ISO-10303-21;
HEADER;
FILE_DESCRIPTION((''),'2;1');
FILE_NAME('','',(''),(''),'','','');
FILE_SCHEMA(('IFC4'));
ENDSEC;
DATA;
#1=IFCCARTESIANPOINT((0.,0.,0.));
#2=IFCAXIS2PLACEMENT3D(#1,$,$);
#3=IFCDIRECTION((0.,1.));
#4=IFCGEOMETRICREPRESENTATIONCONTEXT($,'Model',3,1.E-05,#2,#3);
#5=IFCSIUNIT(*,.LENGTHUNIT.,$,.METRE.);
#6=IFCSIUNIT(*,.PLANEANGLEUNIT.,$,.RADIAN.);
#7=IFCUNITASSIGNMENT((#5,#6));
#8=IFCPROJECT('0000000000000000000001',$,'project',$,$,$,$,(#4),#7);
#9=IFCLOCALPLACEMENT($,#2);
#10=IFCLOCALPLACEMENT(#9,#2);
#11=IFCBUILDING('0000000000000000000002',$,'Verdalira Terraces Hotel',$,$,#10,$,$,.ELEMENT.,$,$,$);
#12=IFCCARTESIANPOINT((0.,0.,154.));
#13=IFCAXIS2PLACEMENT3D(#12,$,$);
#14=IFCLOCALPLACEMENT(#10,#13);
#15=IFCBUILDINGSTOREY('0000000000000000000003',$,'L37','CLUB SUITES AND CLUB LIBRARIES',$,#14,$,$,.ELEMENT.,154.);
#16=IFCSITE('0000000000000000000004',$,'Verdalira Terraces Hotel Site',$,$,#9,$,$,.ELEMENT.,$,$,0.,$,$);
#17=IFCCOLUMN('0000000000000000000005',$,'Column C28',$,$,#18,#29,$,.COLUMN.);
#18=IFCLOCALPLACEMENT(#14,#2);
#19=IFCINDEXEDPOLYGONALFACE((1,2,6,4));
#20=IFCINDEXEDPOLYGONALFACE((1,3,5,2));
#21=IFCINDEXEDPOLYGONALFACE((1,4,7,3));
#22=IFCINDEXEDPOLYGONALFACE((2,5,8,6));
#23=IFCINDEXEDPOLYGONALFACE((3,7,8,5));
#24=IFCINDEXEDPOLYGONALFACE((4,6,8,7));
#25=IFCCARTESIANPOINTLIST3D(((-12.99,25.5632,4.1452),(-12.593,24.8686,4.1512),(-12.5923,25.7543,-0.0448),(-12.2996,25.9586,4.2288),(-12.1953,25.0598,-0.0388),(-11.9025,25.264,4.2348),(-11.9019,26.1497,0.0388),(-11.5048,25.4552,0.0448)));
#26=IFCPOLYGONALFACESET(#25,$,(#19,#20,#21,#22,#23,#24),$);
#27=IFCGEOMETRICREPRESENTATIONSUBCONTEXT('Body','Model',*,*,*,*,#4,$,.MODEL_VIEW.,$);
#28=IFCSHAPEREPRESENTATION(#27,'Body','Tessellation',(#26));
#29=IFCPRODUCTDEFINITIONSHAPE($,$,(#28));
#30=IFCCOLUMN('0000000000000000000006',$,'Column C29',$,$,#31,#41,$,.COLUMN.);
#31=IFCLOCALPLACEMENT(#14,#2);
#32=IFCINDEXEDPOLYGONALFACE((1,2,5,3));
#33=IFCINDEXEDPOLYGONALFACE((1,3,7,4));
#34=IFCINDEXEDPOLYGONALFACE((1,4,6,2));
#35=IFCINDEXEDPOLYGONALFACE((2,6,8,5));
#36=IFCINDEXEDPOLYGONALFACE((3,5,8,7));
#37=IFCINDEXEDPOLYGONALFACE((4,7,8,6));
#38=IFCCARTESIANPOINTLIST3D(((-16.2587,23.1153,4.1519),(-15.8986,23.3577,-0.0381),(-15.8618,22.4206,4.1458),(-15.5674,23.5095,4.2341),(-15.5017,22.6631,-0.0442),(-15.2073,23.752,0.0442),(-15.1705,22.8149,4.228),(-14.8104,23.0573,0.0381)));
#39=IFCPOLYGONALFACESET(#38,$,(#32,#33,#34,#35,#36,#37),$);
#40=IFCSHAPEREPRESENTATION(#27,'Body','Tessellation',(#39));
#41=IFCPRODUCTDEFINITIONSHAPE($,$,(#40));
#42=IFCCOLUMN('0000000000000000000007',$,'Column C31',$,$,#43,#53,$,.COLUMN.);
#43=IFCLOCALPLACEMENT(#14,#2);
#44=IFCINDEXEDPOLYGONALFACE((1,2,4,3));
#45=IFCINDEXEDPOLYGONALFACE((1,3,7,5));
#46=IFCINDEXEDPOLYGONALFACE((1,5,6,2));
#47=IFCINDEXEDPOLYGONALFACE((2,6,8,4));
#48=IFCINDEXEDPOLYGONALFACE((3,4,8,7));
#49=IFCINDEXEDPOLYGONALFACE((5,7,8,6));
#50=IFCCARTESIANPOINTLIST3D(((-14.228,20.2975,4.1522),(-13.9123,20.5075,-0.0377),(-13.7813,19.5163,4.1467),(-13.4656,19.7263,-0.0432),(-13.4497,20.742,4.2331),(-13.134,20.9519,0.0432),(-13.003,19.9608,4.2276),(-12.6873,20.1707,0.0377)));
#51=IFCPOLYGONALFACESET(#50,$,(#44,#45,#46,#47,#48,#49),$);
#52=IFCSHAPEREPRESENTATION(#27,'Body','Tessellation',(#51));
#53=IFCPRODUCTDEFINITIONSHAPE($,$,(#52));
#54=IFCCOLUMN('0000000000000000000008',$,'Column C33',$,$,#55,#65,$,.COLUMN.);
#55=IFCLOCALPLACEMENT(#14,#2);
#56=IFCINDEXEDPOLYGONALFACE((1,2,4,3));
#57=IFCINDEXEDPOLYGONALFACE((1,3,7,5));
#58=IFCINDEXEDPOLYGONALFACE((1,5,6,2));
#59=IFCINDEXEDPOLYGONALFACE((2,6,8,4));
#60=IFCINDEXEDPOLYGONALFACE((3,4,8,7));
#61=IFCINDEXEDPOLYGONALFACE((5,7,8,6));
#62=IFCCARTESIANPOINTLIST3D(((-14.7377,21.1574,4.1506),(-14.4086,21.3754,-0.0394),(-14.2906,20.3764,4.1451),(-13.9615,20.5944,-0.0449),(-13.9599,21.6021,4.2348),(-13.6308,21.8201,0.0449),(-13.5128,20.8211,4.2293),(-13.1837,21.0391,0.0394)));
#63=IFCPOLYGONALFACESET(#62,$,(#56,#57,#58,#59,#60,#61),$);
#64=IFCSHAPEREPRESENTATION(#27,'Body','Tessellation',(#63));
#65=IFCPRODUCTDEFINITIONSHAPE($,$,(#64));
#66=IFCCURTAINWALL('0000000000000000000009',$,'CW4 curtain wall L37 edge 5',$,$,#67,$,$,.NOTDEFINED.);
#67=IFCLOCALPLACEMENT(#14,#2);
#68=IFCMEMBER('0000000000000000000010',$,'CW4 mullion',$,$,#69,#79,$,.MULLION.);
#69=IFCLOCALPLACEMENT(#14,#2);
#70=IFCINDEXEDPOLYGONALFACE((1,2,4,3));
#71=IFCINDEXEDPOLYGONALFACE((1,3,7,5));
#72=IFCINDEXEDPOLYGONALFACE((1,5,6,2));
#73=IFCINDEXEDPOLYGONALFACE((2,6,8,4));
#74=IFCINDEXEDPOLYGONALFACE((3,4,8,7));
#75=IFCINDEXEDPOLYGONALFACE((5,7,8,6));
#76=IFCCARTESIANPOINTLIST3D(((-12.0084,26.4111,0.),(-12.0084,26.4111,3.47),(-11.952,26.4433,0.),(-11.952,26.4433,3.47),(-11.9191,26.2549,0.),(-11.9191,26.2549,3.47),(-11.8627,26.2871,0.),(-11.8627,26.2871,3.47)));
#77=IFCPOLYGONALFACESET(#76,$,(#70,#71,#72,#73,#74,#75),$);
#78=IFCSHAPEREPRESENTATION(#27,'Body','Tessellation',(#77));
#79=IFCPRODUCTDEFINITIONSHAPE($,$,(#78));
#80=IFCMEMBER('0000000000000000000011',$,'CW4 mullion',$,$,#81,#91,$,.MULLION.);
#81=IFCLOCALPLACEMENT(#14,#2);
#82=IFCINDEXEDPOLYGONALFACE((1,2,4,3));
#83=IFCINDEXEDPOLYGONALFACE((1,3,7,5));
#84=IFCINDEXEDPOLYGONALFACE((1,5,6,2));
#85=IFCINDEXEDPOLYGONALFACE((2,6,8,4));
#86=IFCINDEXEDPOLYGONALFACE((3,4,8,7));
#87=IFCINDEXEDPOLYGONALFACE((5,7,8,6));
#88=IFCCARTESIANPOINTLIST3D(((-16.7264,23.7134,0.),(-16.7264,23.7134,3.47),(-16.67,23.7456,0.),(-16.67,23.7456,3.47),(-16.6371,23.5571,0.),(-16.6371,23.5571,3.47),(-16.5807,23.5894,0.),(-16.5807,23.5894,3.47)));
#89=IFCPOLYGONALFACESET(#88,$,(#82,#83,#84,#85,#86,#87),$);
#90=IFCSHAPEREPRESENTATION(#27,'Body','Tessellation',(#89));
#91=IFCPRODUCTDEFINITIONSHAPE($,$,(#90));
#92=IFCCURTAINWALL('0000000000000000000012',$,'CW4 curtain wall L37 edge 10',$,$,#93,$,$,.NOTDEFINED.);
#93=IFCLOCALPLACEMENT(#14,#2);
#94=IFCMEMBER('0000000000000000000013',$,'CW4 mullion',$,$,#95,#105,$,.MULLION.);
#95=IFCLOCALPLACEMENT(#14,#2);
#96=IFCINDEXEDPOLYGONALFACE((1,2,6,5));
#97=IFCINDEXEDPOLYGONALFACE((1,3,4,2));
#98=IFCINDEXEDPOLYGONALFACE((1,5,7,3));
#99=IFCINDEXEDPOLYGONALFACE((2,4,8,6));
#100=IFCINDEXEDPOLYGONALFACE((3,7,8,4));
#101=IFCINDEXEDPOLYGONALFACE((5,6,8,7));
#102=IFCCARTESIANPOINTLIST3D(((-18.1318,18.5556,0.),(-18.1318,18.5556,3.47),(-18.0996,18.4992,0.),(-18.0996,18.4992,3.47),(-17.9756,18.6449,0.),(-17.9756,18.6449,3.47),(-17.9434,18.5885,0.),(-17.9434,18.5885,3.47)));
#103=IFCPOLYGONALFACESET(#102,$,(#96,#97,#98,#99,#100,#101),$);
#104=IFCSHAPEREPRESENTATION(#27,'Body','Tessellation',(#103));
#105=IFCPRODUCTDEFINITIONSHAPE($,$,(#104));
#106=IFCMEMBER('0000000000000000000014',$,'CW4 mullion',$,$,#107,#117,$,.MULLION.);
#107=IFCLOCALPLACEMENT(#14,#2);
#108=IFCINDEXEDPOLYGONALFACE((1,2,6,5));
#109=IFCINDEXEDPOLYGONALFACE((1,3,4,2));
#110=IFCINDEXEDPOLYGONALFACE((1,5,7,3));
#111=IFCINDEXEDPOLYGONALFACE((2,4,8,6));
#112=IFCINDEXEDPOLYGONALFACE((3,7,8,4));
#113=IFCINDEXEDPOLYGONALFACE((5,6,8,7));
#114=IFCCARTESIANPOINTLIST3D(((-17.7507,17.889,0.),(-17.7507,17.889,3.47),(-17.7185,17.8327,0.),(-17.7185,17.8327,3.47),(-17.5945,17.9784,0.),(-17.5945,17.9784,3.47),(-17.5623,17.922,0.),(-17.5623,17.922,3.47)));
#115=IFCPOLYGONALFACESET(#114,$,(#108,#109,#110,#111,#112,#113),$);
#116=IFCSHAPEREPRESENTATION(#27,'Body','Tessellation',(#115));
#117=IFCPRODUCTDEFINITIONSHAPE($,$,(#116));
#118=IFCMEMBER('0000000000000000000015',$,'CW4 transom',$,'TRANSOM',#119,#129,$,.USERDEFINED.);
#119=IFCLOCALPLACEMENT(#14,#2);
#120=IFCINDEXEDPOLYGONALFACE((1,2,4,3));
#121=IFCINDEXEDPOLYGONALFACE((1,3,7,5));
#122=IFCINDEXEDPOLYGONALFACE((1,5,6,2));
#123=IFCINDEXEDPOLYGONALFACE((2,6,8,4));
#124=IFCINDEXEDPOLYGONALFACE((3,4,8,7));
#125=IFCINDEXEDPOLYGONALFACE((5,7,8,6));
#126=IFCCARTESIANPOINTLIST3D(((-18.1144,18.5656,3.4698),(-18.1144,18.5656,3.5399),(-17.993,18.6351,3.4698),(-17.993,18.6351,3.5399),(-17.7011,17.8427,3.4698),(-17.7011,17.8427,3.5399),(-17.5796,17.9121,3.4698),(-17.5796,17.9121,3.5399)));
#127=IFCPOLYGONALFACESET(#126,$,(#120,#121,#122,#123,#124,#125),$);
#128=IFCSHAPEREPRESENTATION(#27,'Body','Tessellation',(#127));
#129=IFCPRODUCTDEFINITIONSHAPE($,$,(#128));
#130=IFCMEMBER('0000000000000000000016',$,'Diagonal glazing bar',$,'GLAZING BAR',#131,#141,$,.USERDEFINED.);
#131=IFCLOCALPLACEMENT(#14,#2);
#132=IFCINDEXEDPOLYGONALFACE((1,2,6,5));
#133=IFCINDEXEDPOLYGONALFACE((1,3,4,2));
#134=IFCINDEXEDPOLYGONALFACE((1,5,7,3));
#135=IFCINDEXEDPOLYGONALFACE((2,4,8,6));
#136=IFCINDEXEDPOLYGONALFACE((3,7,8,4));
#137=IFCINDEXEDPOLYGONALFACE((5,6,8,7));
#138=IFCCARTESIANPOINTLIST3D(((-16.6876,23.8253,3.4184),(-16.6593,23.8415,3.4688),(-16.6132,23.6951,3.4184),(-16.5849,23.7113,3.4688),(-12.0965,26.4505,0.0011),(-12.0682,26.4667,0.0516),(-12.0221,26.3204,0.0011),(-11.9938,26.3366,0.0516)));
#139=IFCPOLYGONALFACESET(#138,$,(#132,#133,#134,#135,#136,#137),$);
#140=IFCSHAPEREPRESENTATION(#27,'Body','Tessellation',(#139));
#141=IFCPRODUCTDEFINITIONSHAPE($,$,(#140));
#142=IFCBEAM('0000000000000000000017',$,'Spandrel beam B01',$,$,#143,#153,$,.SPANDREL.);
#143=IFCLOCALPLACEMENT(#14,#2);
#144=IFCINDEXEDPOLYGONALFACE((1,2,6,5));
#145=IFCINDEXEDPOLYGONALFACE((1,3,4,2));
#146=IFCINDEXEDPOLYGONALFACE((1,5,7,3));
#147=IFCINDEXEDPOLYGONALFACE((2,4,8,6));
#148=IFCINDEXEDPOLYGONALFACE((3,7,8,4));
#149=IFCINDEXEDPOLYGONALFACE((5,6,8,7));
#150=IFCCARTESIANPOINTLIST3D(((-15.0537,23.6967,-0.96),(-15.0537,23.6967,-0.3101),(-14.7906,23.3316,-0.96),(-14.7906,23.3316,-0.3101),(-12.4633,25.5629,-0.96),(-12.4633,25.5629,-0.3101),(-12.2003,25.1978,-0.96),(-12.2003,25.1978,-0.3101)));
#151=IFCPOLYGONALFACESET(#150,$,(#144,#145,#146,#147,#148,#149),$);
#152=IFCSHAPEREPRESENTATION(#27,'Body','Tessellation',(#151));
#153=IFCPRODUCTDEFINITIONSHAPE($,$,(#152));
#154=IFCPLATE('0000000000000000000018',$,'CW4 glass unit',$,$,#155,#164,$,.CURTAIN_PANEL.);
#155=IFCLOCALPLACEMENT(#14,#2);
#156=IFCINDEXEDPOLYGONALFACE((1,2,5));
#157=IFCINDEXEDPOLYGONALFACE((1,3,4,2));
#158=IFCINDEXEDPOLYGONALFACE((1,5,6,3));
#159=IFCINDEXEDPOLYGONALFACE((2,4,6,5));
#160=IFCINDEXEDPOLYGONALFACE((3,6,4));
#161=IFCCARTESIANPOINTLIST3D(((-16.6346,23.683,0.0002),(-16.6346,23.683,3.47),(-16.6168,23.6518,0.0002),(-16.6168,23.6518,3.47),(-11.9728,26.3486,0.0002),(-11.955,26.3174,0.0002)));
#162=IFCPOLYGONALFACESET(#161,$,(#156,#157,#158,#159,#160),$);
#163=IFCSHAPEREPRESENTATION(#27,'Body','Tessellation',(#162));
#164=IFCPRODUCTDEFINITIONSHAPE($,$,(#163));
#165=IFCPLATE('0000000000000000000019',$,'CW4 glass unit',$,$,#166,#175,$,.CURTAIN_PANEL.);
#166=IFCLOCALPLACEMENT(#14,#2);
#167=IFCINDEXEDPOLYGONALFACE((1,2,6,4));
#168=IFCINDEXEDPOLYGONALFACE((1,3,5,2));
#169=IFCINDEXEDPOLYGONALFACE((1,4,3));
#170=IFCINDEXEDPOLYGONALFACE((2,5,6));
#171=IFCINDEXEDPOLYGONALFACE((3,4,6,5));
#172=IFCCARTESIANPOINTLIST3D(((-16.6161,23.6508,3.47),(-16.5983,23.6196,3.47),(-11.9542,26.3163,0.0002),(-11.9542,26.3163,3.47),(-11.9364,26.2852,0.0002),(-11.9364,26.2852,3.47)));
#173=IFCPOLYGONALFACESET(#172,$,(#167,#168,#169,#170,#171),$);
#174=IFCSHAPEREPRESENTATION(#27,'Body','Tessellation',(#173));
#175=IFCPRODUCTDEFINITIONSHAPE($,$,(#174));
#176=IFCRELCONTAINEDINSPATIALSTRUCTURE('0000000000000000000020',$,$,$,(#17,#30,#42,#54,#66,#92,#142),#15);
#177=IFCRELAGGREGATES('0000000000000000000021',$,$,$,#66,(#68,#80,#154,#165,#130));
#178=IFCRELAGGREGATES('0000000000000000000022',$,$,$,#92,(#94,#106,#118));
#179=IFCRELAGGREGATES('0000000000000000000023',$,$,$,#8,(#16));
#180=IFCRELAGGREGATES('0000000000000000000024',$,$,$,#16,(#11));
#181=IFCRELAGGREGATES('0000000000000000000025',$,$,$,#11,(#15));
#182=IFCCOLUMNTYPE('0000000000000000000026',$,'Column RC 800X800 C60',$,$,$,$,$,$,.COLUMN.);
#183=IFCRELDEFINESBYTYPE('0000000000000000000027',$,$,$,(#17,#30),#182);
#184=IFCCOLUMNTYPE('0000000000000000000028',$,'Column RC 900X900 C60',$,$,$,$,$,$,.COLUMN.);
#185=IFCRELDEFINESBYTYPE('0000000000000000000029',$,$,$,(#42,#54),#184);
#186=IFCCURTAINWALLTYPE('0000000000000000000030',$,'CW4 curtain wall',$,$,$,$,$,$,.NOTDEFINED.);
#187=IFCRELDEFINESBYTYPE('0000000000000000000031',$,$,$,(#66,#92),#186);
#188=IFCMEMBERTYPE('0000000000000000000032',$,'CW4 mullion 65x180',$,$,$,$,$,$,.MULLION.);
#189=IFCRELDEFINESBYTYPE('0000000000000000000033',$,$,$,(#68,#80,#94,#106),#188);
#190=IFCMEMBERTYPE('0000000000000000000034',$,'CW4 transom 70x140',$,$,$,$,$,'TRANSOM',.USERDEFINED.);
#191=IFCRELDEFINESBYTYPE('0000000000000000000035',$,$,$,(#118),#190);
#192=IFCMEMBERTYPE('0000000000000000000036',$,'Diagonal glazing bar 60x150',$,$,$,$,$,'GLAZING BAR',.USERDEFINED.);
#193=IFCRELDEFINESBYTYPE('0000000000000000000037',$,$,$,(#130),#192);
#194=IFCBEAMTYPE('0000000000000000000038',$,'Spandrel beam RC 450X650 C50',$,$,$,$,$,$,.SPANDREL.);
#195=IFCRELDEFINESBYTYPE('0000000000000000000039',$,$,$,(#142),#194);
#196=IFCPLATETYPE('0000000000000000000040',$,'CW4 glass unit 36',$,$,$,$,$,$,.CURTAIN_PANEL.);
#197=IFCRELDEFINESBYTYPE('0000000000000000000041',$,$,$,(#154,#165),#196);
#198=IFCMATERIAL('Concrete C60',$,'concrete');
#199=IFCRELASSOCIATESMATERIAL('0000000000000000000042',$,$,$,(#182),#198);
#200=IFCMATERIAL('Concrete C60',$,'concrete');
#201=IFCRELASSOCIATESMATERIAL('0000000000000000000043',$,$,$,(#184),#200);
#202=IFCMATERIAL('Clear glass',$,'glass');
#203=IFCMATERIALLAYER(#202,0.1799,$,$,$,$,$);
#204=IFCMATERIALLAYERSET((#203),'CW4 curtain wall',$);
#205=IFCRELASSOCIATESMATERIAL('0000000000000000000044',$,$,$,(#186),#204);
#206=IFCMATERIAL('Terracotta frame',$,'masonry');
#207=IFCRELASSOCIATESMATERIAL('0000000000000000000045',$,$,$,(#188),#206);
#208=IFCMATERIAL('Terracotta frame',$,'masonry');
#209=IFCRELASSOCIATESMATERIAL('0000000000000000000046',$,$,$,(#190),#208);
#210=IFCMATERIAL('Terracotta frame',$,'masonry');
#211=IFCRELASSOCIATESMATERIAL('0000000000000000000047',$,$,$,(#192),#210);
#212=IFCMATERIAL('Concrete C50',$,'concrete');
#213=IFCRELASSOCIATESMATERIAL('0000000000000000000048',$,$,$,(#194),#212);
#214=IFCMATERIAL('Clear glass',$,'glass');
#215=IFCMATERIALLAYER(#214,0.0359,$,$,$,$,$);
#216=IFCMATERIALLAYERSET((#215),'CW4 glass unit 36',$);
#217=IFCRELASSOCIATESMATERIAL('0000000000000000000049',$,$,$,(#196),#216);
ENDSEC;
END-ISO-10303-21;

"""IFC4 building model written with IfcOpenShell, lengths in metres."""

from ifc_helpers import new_model, si_unit, direction, frame, origin, origin_2d, place, context, subcontext, project, spatial, polyline, rectangle, outline, extrude, material, layer, layer_set, material_profile, profile_set, type_object, element, aggregate, save


model = new_model("IFC4")

# Units and contexts
model_context = context("Model", 3, precision=1e-05, world=origin(), true_north=direction((0.0, 1.0)))
body_context = subcontext(model_context, "Body", "Model", "MODEL_VIEW")
ifc_project = project(units=[si_unit("LENGTHUNIT", "METRE"), si_unit("PLANEANGLEUNIT", "RADIAN")], contexts=[model_context])

# Site, building, storey
site_placement = place(None, origin())
site = spatial("IfcSite", under=ifc_project, at=site_placement, Name="Verdalira Terraces Hotel Site", CompositionType="ELEMENT", RefElevation=0.0)
building_placement = place(site_placement, origin())
building = spatial("IfcBuilding", under=site, at=building_placement, Name="Verdalira Terraces Hotel", CompositionType="ELEMENT")
storey_placement = place(building_placement, frame((0.0, 0.0, 154.0)))
storey = spatial("IfcBuildingStorey", under=building, at=storey_placement, Name="L37", Description="CLUB SUITES AND CLUB LIBRARIES", CompositionType="ELEMENT", Elevation=154.0)

# Columns
ifc_material_1 = material(Name="Concrete C60", Category="concrete")
ifc_material_profile_1 = material_profile(ifc_material_1, rectangle(XDim=0.8, YDim=0.8, at=origin_2d()), Name="RC 800X800")
ifc_profile_set_1 = profile_set([ifc_material_profile_1], Name="Concrete C60")
column_type_1 = type_object("IfcColumnType", Name="Column RC 800X800 C60", PredefinedType="COLUMN", material=ifc_profile_set_1)
column_1_placement = place(storey_placement, frame((-12.0486, 25.6047, 0.0), z_axis=(-0.094397, -0.045373, 0.9945), x_axis=(-0.863039, -0.494217, -0.104467)))
element("IfcColumn", 1, at=column_1_placement, inside=storey, type_object=column_type_1, Name="Column C28", PredefinedType="COLUMN", context=body_context, shape_type="SweptSolid", body=[
    extrude(rectangle(XDim=0.8, YDim=0.8, at=origin_2d()), origin(), (0.0, 0.0, 1.0), 4.2131),
])
column_2_placement = place(storey_placement, frame((-15.3545, 23.2075, 0.0), z_axis=(-0.085488, -0.057552, 0.994676), x_axis=(-0.864076, -0.492758, -0.102775)))
element("IfcColumn", 2, at=column_2_placement, inside=storey, type_object=column_type_1, Name="Column C29", PredefinedType="COLUMN", context=body_context, shape_type="SweptSolid", body=[
    extrude(rectangle(XDim=0.8, YDim=0.8, at=origin_2d()), origin(), (0.0, 0.0, 1.0), 4.2124),
])
ifc_material_2 = material(Name="Concrete C60", Category="concrete")
ifc_material_profile_2 = material_profile(ifc_material_2, rectangle(XDim=0.8999, YDim=0.8999, at=origin_2d()), Name="RC 900X900")
ifc_profile_set_2 = profile_set([ifc_material_profile_2], Name="Concrete C60")
column_type_2 = type_object("IfcColumnType", Name="Column RC 900X900 C60", PredefinedType="COLUMN", material=ifc_profile_set_2)
column_3_placement = place(storey_placement, frame((-13.2998, 20.3391, 0.0), z_axis=(-0.075034, -0.049907, 0.995931), x_axis=(-0.496352, 0.8681, 0.006106)))
element("IfcColumn", 3, at=column_3_placement, inside=storey, type_object=column_type_2, Name="Column C31", PredefinedType="COLUMN", context=body_context, shape_type="SweptSolid", body=[
    extrude(rectangle(XDim=0.8999, YDim=0.8999, at=origin_2d()), origin(), (0.0, 0.0, 1.0), 4.207),
])
column_4_placement = place(storey_placement, frame((-13.7961, 21.2073, 0.0), z_axis=(-0.078199, -0.051804, 0.995591), x_axis=(-0.49682, 0.867832, 0.006133)))
element("IfcColumn", 4, at=column_4_placement, inside=storey, type_object=column_type_2, Name="Column C33", PredefinedType="COLUMN", context=body_context, shape_type="SweptSolid", body=[
    extrude(rectangle(XDim=0.8999, YDim=0.8999, at=origin_2d()), origin(), (0.0, 0.0, 1.0), 4.2085),
])

# Curtain walls, members
ifc_material_3 = material(Name="Clear glass", Category="glass")
ifc_layer_1 = layer(ifc_material_3, 0.1799)
ifc_layer_set_1 = layer_set([ifc_layer_1], Name="CW4 curtain wall")
curtain_wall_type = type_object("IfcCurtainWallType", Name="CW4 curtain wall", PredefinedType="NOTDEFINED", material=ifc_layer_set_1)
curtain_wall_1_placement = place(storey_placement, origin())
curtain_wall_1 = element("IfcCurtainWall", 5, at=curtain_wall_1_placement, inside=storey, type_object=curtain_wall_type, Name="CW4 curtain wall L37 edge 5", PredefinedType="NOTDEFINED")
ifc_material_4 = material(Name="Terracotta frame", Category="masonry")
ifc_material_profile_3 = material_profile(ifc_material_4, rectangle(XDim=0.0649, YDim=0.1799, at=origin_2d()), Name="MU 65x180")
ifc_profile_set_3 = profile_set([ifc_material_profile_3], Name="Terracotta frame")
member_type_1 = type_object("IfcMemberType", Name="CW4 mullion 65x180", PredefinedType="MULLION", material=ifc_profile_set_3)
member_1_placement = place(storey_placement, frame((-11.9355, 26.3491, 0.0), z_axis=(0.0, 0.0, 1.0), x_axis=(-0.868112, -0.496368, 0.0)))
member_1 = element("IfcMember", 6, at=member_1_placement, type_object=member_type_1, Name="CW4 mullion", PredefinedType="MULLION", context=body_context, shape_type="SweptSolid", body=[
    extrude(rectangle(XDim=0.0649, YDim=0.1799, at=origin_2d()), origin(), (0.0, 0.0, 1.0), 3.47),
])
member_2_placement = place(storey_placement, frame((-16.6536, 23.6514, 0.0), z_axis=(0.0, 0.0, 1.0), x_axis=(-0.868112, -0.496368, 0.0)))
member_2 = element("IfcMember", 7, at=member_2_placement, type_object=member_type_1, Name="CW4 mullion", PredefinedType="MULLION", context=body_context, shape_type="SweptSolid", body=[
    extrude(rectangle(XDim=0.0649, YDim=0.1799, at=origin_2d()), origin(), (0.0, 0.0, 1.0), 3.47),
])
curtain_wall_2_placement = place(storey_placement, origin())
curtain_wall_2 = element("IfcCurtainWall", 8, at=curtain_wall_2_placement, inside=storey, type_object=curtain_wall_type, Name="CW4 curtain wall L37 edge 10", PredefinedType="NOTDEFINED")
member_3_placement = place(storey_placement, frame((-18.0376, 18.572, 0.0), z_axis=(0.0, 0.0, 1.0), x_axis=(0.496368, -0.868112, 0.0)))
member_3 = element("IfcMember", 9, at=member_3_placement, type_object=member_type_1, Name="CW4 mullion", PredefinedType="MULLION", context=body_context, shape_type="SweptSolid", body=[
    extrude(rectangle(XDim=0.0649, YDim=0.1799, at=origin_2d()), origin(), (0.0, 0.0, 1.0), 3.47),
])
member_4_placement = place(storey_placement, frame((-17.6565, 17.9055, 0.0), z_axis=(0.0, 0.0, 1.0), x_axis=(0.496368, -0.868112, 0.0)))
member_4 = element("IfcMember", 10, at=member_4_placement, type_object=member_type_1, Name="CW4 mullion", PredefinedType="MULLION", context=body_context, shape_type="SweptSolid", body=[
    extrude(rectangle(XDim=0.0649, YDim=0.1799, at=origin_2d()), origin(), (0.0, 0.0, 1.0), 3.47),
])
ifc_material_5 = material(Name="Terracotta frame", Category="masonry")
ifc_material_profile_4 = material_profile(ifc_material_5, rectangle(XDim=0.1399, YDim=0.0701, at=origin_2d()), Name="TR 70x140")
ifc_profile_set_4 = profile_set([ifc_material_profile_4], Name="Terracotta frame")
member_type_2 = type_object("IfcMemberType", Name="CW4 transom 70x140", ElementType="TRANSOM", PredefinedType="USERDEFINED", material=ifc_profile_set_4)
member_5_placement = place(storey_placement, frame((-18.0537, 18.6003, 3.5049), z_axis=(0.49636, -0.868117, 0.0), x_axis=(0.868117, 0.49636, 0.0)))
member_5 = element("IfcMember", 11, at=member_5_placement, type_object=member_type_2, Name="CW4 transom", ObjectType="TRANSOM", PredefinedType="USERDEFINED", context=body_context, shape_type="SweptSolid", body=[
    extrude(rectangle(XDim=0.1399, YDim=0.0701, at=origin_2d()), origin(), (0.0, 0.0, 1.0), 0.8328),
])

# Member
ifc_material_6 = material(Name="Terracotta frame", Category="masonry")
ifc_material_profile_5 = material_profile(ifc_material_6, rectangle(XDim=0.1499, YDim=0.0601, at=origin_2d()), Name="GB 60x150")
ifc_profile_set_5 = profile_set([ifc_material_profile_5], Name="Terracotta frame")
member_type_3 = type_object("IfcMemberType", Name="Diagonal glazing bar 60x150", ElementType="GLAZING BAR", PredefinedType="USERDEFINED", material=ifc_profile_set_5)
member_6_placement = place(storey_placement, frame((-12.0452, 26.3936, 0.0264), z_axis=(-0.729133, -0.41693, 0.542711), x_axis=(0.496392, -0.868098, 0.0)))
member_6 = element("IfcMember", 12, at=member_6_placement, type_object=member_type_3, Name="Diagonal glazing bar", ObjectType="GLAZING BAR", PredefinedType="USERDEFINED", context=body_context, shape_type="SweptSolid", body=[
    extrude(rectangle(XDim=0.1499, YDim=0.0601, at=origin_2d()), origin(), (0.0, 0.0, 1.0), 6.2966),
])

# Beam
ifc_material_7 = material(Name="Concrete C50", Category="concrete")
ifc_material_profile_6 = material_profile(ifc_material_7, rectangle(XDim=0.45, YDim=0.6499, at=origin_2d()), Name="RC 450X650")
ifc_profile_set_6 = profile_set([ifc_material_profile_6], Name="Concrete C50")
beam_type = type_object("IfcBeamType", Name="Spandrel beam RC 450X650 C50", PredefinedType="SPANDREL", material=ifc_profile_set_6)
beam_placement = place(storey_placement, frame((-12.3318, 25.3804, -0.635), z_axis=(-0.81136, -0.584546, 0.0), x_axis=(0.584546, -0.81136, 0.0)))
element("IfcBeam", 13, at=beam_placement, inside=storey, type_object=beam_type, Name="Spandrel beam B01", PredefinedType="SPANDREL", context=body_context, shape_type="SweptSolid", body=[
    extrude(rectangle(XDim=0.45, YDim=0.6499, at=origin_2d()), origin(), (0.0, 0.0, 1.0), 3.1926),
])

# Plates
ifc_material_8 = material(Name="Clear glass", Category="glass")
ifc_layer_2 = layer(ifc_material_8, 0.0359)
ifc_layer_set_2 = layer_set([ifc_layer_2], Name="CW4 glass unit 36")
plate_type = type_object("IfcPlateType", Name="CW4 glass unit 36", PredefinedType="CURTAIN_PANEL", material=ifc_layer_set_2)
plate_1_placement = place(storey_placement, frame((-14.2859, 24.9846, 1.7351), z_axis=(-0.496368, 0.868112, 0.0), x_axis=(-0.868112, -0.496368, 0.0)))
plate_1 = element("IfcPlate", 14, at=plate_1_placement, type_object=plate_type, Name="CW4 glass unit", PredefinedType="CURTAIN_PANEL", context=body_context, shape_type="SweptSolid", body=[
    extrude(outline(polyline([(-2.6851, -1.7349), (2.6851, -1.7349), (2.6851, 1.7349), (-2.6851, -1.7349)])), origin(), (0.0, 0.0, 1.0), 0.0359),
])
plate_2_placement = place(storey_placement, frame((-14.2673, 24.9524, 1.7351), z_axis=(-0.496368, 0.868112, 0.0), x_axis=(-0.868112, -0.496368, 0.0)))
plate_2 = element("IfcPlate", 15, at=plate_2_placement, type_object=plate_type, Name="CW4 glass unit", PredefinedType="CURTAIN_PANEL", context=body_context, shape_type="SweptSolid", body=[
    extrude(outline(polyline([(-2.6851, -1.7349), (2.6851, 1.7349), (-2.6851, 1.7349), (-2.6851, -1.7349)])), origin(), (0.0, 0.0, 1.0), 0.0359),
])
aggregate(curtain_wall_1, [member_1, member_2, plate_1, plate_2, member_6])
aggregate(curtain_wall_2, [member_3, member_4, member_5])

save(model, "model.ifc")
